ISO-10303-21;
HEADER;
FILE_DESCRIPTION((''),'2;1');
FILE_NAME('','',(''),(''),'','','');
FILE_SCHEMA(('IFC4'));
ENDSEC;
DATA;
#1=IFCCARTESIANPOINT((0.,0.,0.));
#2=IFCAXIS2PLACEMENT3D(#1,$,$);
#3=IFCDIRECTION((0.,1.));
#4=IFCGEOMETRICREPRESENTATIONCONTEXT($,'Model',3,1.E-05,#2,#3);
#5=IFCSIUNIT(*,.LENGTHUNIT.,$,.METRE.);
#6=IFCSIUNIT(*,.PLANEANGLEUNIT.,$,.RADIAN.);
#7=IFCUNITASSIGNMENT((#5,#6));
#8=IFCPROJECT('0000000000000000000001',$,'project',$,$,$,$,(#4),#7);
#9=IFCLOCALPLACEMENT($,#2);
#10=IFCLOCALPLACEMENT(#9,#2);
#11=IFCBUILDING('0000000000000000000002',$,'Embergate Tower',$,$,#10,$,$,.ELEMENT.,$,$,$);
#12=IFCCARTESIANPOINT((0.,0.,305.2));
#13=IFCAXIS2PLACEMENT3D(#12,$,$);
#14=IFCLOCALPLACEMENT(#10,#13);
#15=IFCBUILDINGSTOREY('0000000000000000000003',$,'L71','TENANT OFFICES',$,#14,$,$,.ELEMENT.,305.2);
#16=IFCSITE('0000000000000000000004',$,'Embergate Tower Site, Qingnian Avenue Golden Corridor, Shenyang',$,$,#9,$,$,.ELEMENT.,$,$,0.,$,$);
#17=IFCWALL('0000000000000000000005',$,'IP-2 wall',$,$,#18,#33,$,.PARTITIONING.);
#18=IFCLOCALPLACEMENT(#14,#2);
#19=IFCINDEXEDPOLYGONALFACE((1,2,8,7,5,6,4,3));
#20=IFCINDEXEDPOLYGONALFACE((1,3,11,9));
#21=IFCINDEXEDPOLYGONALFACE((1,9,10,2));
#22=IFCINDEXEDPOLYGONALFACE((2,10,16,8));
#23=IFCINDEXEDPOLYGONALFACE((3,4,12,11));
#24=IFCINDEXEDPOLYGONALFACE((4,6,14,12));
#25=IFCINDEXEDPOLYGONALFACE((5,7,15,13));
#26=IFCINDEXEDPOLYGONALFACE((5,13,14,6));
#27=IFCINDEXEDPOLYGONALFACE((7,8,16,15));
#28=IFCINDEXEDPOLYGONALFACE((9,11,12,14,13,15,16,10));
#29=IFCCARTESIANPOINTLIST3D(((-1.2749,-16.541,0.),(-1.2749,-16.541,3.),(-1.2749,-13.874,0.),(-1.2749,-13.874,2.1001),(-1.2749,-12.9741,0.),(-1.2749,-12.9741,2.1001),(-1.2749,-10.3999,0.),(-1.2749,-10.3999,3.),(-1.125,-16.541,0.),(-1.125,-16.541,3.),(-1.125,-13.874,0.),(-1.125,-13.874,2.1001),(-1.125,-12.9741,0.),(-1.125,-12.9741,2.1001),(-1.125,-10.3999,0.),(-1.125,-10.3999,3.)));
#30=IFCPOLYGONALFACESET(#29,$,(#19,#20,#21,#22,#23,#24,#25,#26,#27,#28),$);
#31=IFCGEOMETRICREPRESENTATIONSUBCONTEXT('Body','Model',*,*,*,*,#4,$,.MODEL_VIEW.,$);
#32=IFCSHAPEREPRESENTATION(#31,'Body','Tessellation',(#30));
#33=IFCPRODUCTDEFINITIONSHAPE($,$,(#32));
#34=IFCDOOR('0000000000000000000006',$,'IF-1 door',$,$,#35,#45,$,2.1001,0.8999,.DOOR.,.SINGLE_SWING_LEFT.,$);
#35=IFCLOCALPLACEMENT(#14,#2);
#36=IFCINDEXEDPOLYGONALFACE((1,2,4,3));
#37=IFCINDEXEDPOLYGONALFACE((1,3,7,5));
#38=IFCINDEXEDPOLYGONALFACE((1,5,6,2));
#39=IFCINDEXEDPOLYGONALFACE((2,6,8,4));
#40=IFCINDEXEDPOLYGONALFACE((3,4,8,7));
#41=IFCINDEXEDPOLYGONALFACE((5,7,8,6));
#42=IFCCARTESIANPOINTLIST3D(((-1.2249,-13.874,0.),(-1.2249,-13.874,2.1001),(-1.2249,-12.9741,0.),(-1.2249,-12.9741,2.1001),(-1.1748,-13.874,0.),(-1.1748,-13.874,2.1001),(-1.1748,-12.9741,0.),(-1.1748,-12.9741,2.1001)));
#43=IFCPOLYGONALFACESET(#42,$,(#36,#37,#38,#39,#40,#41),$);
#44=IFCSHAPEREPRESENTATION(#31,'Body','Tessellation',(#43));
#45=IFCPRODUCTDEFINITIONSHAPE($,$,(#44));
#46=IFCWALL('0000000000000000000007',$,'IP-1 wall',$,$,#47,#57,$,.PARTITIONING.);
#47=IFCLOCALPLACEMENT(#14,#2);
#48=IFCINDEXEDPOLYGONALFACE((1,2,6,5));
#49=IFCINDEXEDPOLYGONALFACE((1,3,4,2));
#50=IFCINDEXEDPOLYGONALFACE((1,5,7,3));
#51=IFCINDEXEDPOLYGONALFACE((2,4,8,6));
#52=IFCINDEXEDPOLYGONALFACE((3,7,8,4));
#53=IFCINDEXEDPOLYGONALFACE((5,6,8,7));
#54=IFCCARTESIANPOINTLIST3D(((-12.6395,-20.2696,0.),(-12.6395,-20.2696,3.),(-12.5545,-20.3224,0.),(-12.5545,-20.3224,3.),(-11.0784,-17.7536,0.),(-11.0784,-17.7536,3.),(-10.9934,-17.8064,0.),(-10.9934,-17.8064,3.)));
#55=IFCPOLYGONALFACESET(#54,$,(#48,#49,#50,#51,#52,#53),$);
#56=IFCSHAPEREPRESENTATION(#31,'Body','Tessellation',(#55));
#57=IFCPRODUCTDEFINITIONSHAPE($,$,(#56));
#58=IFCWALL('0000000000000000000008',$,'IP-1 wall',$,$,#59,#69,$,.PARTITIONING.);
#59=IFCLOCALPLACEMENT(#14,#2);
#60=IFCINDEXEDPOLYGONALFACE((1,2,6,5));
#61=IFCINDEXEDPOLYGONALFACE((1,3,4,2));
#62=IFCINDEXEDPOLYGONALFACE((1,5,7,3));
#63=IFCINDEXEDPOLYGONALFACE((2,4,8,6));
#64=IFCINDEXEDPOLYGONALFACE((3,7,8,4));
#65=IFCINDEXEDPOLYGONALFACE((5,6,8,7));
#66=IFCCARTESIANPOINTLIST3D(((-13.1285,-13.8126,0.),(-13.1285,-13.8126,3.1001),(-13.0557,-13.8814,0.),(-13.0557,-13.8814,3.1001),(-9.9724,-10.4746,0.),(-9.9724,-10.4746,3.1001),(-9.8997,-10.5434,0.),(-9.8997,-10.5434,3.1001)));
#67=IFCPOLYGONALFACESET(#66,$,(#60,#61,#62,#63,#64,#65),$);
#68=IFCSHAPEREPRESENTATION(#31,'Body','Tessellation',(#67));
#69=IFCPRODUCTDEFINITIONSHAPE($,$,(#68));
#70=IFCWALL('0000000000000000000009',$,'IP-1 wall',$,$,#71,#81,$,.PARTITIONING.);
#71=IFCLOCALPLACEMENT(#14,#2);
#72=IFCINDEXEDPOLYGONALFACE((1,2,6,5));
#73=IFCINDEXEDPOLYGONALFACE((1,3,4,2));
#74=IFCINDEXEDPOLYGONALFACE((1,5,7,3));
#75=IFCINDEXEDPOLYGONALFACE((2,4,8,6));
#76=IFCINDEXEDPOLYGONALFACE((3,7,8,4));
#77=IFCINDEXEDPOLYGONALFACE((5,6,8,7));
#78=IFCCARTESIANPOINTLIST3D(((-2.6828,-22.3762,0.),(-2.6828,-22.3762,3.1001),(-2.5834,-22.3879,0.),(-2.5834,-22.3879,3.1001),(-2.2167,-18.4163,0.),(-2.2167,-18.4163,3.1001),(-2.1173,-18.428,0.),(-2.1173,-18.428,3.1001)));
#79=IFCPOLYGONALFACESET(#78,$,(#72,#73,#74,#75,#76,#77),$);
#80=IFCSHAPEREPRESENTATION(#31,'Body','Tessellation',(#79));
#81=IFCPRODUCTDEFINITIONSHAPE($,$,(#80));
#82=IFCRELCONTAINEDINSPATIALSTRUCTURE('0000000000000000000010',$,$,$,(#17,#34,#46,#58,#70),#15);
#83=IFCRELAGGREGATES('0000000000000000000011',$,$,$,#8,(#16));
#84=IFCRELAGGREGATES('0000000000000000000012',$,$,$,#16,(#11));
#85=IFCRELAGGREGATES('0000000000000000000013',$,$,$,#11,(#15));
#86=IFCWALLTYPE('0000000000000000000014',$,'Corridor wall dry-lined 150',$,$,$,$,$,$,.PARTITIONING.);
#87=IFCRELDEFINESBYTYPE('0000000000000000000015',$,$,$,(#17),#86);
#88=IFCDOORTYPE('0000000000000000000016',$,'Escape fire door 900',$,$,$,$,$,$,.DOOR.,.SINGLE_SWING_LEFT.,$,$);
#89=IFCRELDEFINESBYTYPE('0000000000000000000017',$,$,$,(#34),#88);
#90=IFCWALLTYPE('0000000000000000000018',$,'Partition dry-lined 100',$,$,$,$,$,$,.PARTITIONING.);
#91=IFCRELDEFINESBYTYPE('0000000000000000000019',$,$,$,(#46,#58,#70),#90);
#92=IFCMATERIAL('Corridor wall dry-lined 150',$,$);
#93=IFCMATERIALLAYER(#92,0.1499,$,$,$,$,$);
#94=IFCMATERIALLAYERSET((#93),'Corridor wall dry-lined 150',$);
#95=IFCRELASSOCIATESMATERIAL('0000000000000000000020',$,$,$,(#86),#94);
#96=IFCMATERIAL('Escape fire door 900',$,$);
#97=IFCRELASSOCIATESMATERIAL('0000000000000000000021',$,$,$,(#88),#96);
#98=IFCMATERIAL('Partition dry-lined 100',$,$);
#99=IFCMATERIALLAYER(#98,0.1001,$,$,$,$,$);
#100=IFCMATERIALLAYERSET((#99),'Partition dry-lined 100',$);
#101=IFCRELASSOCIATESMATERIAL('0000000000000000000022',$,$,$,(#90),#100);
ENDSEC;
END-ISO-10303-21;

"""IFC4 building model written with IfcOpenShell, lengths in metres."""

from ifc_helpers import new_model, si_unit, direction, frame, frame_2d, origin, place, context, subcontext, project, spatial, rectangle, extrude, source, transform, mapped, material, layer, layer_set, type_object, element, fill, save


model = new_model("IFC4")

# Units and contexts
model_context = context("Model", 3, precision=1e-05, world=origin(), true_north=direction((0.0, 1.0)))
body_context = subcontext(model_context, "Body", "Model", "MODEL_VIEW")
ifc_project = project(units=[si_unit("LENGTHUNIT", "METRE"), si_unit("PLANEANGLEUNIT", "RADIAN")], contexts=[model_context])

# Site, building, storey
site_placement = place(None, origin())
site = spatial("IfcSite", under=ifc_project, at=site_placement, Name="Embergate Tower Site, Qingnian Avenue Golden Corridor, Shenyang", CompositionType="ELEMENT", RefElevation=0.0)
building_placement = place(site_placement, origin())
building = spatial("IfcBuilding", under=site, at=building_placement, Name="Embergate Tower", CompositionType="ELEMENT")
storey_placement = place(building_placement, frame((0.0, 0.0, 305.2)))
storey = spatial("IfcBuildingStorey", under=building, at=storey_placement, Name="L71", Description="TENANT OFFICES", CompositionType="ELEMENT", Elevation=305.2)

# Shared definitions
ifc_material_1 = material(Name="Corridor wall dry-lined 150")
ifc_layer_1 = layer(ifc_material_1, 0.1499)
ifc_layer_set_1 = layer_set([ifc_layer_1], Name="Corridor wall dry-lined 150")
wall_type_1 = type_object("IfcWallType", Name="Corridor wall dry-lined 150", PredefinedType="PARTITIONING", material=ifc_layer_set_1)
shared_shape_1 = source(origin(), body_context, "Body", "SweptSolid", [
    extrude(rectangle(XDim=0.8999, YDim=2.1001, at=frame_2d((0.45, 1.05))), frame((0.0, 0.085, 0.0), z_axis=(0.0, -1.0, 0.0), x_axis=(1.0, 0.0, 0.0)), (0.0, 0.0, 1.0), 0.1699),
])
ifc_material_2 = material(Name="Escape fire door 900")
door_type_1 = type_object("IfcDoorType", Name="Escape fire door 900", OperationType="SINGLE_SWING_LEFT", PredefinedType="DOOR", material=ifc_material_2)
shared_shape_2 = source(origin(), body_context, "Body", "SweptSolid", [
    extrude(rectangle(XDim=0.8999, YDim=2.1001, at=frame_2d((0.45, 1.05))), frame((0.0, 0.0249, 0.0), z_axis=(0.0, -1.0, 0.0), x_axis=(1.0, 0.0, 0.0)), (0.0, 0.0, 1.0), 0.05),
])

# Wall, opening, door
shared_shape_3 = source(origin(), body_context, "Body", "SweptSolid", [
    extrude(rectangle(XDim=6.1411, YDim=0.1499, at=frame_2d((3.0706, 0.0))), origin(), (0.0, 0.0, 1.0), 3.0),
])
wall_1_placement = place(storey_placement, frame((-1.2, -16.541, 0.0), z_axis=(0.0, 0.0, 1.0), x_axis=(0.0, 1.0, 0.0)))
wall_1 = element("IfcWall", 1, at=wall_1_placement, inside=storey, type_object=wall_type_1, Name="IP-2 wall", PredefinedType="PARTITIONING", context=body_context, shape_type="MappedRepresentation", body=[
    mapped(shared_shape_3, transform((0.0, 0.0, 0.0))),
])
opening_1_placement = place(wall_1_placement, frame((2.667, 0.0, 0.0)))
opening_1 = element("IfcOpeningElement", 2, at=opening_1_placement, cuts=wall_1, PredefinedType="OPENING", context=body_context, shape_type="MappedRepresentation", body=[
    mapped(shared_shape_1, transform((0.0, 0.0, 0.0))),
])
door_1_placement = place(opening_1_placement, origin())
door_1 = element("IfcDoor", 3, at=door_1_placement, inside=storey, type_object=door_type_1, Name="IF-1 door", OperationType="SINGLE_SWING_LEFT", OverallHeight=2.1001, OverallWidth=0.8999, PredefinedType="DOOR", context=body_context, shape_type="MappedRepresentation", body=[
    mapped(shared_shape_2, transform((0.0, 0.0, 0.0))),
])
fill(opening_1, door_1)

# Walls
ifc_material_3 = material(Name="Partition dry-lined 100")
ifc_layer_2 = layer(ifc_material_3, 0.1001)
ifc_layer_set_2 = layer_set([ifc_layer_2], Name="Partition dry-lined 100")
wall_type_2 = type_object("IfcWallType", Name="Partition dry-lined 100", PredefinedType="PARTITIONING", material=ifc_layer_set_2)
shared_shape_4 = source(origin(), body_context, "Body", "SweptSolid", [
    extrude(rectangle(XDim=2.9609, YDim=0.1001, at=frame_2d((1.4805, 0.0))), origin(), (0.0, 0.0, 1.0), 3.0),
])
wall_2_placement = place(storey_placement, frame((-11.0359, -17.78, 0.0), z_axis=(0.0, 0.0, 1.0), x_axis=(-0.527231, -0.849722, 0.0)))
element("IfcWall", 4, at=wall_2_placement, inside=storey, type_object=wall_type_2, Name="IP-1 wall", PredefinedType="PARTITIONING", context=body_context, shape_type="MappedRepresentation", body=[
    mapped(shared_shape_4, transform((0.0, 0.0, 0.0))),
])
shared_shape_5 = source(origin(), body_context, "Body", "SweptSolid", [
    extrude(rectangle(XDim=4.5938, YDim=0.1001, at=frame_2d((2.2969, 0.0))), origin(), (0.0, 0.0, 1.0), 3.1001),
])
wall_3_placement = place(storey_placement, frame((-9.936, -10.509, 0.0), z_axis=(0.0, 0.0, 1.0), x_axis=(-0.687032, -0.726627, 0.0)))
element("IfcWall", 5, at=wall_3_placement, inside=storey, type_object=wall_type_2, Name="IP-1 wall", PredefinedType="PARTITIONING", context=body_context, shape_type="MappedRepresentation", body=[
    mapped(shared_shape_5, transform((0.0, 0.0, 0.0))),
])
shared_shape_6 = source(origin(), body_context, "Body", "SweptSolid", [
    extrude(rectangle(XDim=3.9873, YDim=0.1001, at=frame_2d((1.9937, 0.0))), origin(), (0.0, 0.0, 1.0), 3.1001),
])
wall_4_placement = place(storey_placement, frame((-2.167, -18.4221, 0.0), z_axis=(0.0, 0.0, 1.0), x_axis=(-0.116887, -0.993145, 0.0)))
element("IfcWall", 6, at=wall_4_placement, inside=storey, type_object=wall_type_2, Name="IP-1 wall", PredefinedType="PARTITIONING", context=body_context, shape_type="MappedRepresentation", body=[
    mapped(shared_shape_6, transform((0.0, 0.0, 0.0))),
])

save(model, "model.ifc")
